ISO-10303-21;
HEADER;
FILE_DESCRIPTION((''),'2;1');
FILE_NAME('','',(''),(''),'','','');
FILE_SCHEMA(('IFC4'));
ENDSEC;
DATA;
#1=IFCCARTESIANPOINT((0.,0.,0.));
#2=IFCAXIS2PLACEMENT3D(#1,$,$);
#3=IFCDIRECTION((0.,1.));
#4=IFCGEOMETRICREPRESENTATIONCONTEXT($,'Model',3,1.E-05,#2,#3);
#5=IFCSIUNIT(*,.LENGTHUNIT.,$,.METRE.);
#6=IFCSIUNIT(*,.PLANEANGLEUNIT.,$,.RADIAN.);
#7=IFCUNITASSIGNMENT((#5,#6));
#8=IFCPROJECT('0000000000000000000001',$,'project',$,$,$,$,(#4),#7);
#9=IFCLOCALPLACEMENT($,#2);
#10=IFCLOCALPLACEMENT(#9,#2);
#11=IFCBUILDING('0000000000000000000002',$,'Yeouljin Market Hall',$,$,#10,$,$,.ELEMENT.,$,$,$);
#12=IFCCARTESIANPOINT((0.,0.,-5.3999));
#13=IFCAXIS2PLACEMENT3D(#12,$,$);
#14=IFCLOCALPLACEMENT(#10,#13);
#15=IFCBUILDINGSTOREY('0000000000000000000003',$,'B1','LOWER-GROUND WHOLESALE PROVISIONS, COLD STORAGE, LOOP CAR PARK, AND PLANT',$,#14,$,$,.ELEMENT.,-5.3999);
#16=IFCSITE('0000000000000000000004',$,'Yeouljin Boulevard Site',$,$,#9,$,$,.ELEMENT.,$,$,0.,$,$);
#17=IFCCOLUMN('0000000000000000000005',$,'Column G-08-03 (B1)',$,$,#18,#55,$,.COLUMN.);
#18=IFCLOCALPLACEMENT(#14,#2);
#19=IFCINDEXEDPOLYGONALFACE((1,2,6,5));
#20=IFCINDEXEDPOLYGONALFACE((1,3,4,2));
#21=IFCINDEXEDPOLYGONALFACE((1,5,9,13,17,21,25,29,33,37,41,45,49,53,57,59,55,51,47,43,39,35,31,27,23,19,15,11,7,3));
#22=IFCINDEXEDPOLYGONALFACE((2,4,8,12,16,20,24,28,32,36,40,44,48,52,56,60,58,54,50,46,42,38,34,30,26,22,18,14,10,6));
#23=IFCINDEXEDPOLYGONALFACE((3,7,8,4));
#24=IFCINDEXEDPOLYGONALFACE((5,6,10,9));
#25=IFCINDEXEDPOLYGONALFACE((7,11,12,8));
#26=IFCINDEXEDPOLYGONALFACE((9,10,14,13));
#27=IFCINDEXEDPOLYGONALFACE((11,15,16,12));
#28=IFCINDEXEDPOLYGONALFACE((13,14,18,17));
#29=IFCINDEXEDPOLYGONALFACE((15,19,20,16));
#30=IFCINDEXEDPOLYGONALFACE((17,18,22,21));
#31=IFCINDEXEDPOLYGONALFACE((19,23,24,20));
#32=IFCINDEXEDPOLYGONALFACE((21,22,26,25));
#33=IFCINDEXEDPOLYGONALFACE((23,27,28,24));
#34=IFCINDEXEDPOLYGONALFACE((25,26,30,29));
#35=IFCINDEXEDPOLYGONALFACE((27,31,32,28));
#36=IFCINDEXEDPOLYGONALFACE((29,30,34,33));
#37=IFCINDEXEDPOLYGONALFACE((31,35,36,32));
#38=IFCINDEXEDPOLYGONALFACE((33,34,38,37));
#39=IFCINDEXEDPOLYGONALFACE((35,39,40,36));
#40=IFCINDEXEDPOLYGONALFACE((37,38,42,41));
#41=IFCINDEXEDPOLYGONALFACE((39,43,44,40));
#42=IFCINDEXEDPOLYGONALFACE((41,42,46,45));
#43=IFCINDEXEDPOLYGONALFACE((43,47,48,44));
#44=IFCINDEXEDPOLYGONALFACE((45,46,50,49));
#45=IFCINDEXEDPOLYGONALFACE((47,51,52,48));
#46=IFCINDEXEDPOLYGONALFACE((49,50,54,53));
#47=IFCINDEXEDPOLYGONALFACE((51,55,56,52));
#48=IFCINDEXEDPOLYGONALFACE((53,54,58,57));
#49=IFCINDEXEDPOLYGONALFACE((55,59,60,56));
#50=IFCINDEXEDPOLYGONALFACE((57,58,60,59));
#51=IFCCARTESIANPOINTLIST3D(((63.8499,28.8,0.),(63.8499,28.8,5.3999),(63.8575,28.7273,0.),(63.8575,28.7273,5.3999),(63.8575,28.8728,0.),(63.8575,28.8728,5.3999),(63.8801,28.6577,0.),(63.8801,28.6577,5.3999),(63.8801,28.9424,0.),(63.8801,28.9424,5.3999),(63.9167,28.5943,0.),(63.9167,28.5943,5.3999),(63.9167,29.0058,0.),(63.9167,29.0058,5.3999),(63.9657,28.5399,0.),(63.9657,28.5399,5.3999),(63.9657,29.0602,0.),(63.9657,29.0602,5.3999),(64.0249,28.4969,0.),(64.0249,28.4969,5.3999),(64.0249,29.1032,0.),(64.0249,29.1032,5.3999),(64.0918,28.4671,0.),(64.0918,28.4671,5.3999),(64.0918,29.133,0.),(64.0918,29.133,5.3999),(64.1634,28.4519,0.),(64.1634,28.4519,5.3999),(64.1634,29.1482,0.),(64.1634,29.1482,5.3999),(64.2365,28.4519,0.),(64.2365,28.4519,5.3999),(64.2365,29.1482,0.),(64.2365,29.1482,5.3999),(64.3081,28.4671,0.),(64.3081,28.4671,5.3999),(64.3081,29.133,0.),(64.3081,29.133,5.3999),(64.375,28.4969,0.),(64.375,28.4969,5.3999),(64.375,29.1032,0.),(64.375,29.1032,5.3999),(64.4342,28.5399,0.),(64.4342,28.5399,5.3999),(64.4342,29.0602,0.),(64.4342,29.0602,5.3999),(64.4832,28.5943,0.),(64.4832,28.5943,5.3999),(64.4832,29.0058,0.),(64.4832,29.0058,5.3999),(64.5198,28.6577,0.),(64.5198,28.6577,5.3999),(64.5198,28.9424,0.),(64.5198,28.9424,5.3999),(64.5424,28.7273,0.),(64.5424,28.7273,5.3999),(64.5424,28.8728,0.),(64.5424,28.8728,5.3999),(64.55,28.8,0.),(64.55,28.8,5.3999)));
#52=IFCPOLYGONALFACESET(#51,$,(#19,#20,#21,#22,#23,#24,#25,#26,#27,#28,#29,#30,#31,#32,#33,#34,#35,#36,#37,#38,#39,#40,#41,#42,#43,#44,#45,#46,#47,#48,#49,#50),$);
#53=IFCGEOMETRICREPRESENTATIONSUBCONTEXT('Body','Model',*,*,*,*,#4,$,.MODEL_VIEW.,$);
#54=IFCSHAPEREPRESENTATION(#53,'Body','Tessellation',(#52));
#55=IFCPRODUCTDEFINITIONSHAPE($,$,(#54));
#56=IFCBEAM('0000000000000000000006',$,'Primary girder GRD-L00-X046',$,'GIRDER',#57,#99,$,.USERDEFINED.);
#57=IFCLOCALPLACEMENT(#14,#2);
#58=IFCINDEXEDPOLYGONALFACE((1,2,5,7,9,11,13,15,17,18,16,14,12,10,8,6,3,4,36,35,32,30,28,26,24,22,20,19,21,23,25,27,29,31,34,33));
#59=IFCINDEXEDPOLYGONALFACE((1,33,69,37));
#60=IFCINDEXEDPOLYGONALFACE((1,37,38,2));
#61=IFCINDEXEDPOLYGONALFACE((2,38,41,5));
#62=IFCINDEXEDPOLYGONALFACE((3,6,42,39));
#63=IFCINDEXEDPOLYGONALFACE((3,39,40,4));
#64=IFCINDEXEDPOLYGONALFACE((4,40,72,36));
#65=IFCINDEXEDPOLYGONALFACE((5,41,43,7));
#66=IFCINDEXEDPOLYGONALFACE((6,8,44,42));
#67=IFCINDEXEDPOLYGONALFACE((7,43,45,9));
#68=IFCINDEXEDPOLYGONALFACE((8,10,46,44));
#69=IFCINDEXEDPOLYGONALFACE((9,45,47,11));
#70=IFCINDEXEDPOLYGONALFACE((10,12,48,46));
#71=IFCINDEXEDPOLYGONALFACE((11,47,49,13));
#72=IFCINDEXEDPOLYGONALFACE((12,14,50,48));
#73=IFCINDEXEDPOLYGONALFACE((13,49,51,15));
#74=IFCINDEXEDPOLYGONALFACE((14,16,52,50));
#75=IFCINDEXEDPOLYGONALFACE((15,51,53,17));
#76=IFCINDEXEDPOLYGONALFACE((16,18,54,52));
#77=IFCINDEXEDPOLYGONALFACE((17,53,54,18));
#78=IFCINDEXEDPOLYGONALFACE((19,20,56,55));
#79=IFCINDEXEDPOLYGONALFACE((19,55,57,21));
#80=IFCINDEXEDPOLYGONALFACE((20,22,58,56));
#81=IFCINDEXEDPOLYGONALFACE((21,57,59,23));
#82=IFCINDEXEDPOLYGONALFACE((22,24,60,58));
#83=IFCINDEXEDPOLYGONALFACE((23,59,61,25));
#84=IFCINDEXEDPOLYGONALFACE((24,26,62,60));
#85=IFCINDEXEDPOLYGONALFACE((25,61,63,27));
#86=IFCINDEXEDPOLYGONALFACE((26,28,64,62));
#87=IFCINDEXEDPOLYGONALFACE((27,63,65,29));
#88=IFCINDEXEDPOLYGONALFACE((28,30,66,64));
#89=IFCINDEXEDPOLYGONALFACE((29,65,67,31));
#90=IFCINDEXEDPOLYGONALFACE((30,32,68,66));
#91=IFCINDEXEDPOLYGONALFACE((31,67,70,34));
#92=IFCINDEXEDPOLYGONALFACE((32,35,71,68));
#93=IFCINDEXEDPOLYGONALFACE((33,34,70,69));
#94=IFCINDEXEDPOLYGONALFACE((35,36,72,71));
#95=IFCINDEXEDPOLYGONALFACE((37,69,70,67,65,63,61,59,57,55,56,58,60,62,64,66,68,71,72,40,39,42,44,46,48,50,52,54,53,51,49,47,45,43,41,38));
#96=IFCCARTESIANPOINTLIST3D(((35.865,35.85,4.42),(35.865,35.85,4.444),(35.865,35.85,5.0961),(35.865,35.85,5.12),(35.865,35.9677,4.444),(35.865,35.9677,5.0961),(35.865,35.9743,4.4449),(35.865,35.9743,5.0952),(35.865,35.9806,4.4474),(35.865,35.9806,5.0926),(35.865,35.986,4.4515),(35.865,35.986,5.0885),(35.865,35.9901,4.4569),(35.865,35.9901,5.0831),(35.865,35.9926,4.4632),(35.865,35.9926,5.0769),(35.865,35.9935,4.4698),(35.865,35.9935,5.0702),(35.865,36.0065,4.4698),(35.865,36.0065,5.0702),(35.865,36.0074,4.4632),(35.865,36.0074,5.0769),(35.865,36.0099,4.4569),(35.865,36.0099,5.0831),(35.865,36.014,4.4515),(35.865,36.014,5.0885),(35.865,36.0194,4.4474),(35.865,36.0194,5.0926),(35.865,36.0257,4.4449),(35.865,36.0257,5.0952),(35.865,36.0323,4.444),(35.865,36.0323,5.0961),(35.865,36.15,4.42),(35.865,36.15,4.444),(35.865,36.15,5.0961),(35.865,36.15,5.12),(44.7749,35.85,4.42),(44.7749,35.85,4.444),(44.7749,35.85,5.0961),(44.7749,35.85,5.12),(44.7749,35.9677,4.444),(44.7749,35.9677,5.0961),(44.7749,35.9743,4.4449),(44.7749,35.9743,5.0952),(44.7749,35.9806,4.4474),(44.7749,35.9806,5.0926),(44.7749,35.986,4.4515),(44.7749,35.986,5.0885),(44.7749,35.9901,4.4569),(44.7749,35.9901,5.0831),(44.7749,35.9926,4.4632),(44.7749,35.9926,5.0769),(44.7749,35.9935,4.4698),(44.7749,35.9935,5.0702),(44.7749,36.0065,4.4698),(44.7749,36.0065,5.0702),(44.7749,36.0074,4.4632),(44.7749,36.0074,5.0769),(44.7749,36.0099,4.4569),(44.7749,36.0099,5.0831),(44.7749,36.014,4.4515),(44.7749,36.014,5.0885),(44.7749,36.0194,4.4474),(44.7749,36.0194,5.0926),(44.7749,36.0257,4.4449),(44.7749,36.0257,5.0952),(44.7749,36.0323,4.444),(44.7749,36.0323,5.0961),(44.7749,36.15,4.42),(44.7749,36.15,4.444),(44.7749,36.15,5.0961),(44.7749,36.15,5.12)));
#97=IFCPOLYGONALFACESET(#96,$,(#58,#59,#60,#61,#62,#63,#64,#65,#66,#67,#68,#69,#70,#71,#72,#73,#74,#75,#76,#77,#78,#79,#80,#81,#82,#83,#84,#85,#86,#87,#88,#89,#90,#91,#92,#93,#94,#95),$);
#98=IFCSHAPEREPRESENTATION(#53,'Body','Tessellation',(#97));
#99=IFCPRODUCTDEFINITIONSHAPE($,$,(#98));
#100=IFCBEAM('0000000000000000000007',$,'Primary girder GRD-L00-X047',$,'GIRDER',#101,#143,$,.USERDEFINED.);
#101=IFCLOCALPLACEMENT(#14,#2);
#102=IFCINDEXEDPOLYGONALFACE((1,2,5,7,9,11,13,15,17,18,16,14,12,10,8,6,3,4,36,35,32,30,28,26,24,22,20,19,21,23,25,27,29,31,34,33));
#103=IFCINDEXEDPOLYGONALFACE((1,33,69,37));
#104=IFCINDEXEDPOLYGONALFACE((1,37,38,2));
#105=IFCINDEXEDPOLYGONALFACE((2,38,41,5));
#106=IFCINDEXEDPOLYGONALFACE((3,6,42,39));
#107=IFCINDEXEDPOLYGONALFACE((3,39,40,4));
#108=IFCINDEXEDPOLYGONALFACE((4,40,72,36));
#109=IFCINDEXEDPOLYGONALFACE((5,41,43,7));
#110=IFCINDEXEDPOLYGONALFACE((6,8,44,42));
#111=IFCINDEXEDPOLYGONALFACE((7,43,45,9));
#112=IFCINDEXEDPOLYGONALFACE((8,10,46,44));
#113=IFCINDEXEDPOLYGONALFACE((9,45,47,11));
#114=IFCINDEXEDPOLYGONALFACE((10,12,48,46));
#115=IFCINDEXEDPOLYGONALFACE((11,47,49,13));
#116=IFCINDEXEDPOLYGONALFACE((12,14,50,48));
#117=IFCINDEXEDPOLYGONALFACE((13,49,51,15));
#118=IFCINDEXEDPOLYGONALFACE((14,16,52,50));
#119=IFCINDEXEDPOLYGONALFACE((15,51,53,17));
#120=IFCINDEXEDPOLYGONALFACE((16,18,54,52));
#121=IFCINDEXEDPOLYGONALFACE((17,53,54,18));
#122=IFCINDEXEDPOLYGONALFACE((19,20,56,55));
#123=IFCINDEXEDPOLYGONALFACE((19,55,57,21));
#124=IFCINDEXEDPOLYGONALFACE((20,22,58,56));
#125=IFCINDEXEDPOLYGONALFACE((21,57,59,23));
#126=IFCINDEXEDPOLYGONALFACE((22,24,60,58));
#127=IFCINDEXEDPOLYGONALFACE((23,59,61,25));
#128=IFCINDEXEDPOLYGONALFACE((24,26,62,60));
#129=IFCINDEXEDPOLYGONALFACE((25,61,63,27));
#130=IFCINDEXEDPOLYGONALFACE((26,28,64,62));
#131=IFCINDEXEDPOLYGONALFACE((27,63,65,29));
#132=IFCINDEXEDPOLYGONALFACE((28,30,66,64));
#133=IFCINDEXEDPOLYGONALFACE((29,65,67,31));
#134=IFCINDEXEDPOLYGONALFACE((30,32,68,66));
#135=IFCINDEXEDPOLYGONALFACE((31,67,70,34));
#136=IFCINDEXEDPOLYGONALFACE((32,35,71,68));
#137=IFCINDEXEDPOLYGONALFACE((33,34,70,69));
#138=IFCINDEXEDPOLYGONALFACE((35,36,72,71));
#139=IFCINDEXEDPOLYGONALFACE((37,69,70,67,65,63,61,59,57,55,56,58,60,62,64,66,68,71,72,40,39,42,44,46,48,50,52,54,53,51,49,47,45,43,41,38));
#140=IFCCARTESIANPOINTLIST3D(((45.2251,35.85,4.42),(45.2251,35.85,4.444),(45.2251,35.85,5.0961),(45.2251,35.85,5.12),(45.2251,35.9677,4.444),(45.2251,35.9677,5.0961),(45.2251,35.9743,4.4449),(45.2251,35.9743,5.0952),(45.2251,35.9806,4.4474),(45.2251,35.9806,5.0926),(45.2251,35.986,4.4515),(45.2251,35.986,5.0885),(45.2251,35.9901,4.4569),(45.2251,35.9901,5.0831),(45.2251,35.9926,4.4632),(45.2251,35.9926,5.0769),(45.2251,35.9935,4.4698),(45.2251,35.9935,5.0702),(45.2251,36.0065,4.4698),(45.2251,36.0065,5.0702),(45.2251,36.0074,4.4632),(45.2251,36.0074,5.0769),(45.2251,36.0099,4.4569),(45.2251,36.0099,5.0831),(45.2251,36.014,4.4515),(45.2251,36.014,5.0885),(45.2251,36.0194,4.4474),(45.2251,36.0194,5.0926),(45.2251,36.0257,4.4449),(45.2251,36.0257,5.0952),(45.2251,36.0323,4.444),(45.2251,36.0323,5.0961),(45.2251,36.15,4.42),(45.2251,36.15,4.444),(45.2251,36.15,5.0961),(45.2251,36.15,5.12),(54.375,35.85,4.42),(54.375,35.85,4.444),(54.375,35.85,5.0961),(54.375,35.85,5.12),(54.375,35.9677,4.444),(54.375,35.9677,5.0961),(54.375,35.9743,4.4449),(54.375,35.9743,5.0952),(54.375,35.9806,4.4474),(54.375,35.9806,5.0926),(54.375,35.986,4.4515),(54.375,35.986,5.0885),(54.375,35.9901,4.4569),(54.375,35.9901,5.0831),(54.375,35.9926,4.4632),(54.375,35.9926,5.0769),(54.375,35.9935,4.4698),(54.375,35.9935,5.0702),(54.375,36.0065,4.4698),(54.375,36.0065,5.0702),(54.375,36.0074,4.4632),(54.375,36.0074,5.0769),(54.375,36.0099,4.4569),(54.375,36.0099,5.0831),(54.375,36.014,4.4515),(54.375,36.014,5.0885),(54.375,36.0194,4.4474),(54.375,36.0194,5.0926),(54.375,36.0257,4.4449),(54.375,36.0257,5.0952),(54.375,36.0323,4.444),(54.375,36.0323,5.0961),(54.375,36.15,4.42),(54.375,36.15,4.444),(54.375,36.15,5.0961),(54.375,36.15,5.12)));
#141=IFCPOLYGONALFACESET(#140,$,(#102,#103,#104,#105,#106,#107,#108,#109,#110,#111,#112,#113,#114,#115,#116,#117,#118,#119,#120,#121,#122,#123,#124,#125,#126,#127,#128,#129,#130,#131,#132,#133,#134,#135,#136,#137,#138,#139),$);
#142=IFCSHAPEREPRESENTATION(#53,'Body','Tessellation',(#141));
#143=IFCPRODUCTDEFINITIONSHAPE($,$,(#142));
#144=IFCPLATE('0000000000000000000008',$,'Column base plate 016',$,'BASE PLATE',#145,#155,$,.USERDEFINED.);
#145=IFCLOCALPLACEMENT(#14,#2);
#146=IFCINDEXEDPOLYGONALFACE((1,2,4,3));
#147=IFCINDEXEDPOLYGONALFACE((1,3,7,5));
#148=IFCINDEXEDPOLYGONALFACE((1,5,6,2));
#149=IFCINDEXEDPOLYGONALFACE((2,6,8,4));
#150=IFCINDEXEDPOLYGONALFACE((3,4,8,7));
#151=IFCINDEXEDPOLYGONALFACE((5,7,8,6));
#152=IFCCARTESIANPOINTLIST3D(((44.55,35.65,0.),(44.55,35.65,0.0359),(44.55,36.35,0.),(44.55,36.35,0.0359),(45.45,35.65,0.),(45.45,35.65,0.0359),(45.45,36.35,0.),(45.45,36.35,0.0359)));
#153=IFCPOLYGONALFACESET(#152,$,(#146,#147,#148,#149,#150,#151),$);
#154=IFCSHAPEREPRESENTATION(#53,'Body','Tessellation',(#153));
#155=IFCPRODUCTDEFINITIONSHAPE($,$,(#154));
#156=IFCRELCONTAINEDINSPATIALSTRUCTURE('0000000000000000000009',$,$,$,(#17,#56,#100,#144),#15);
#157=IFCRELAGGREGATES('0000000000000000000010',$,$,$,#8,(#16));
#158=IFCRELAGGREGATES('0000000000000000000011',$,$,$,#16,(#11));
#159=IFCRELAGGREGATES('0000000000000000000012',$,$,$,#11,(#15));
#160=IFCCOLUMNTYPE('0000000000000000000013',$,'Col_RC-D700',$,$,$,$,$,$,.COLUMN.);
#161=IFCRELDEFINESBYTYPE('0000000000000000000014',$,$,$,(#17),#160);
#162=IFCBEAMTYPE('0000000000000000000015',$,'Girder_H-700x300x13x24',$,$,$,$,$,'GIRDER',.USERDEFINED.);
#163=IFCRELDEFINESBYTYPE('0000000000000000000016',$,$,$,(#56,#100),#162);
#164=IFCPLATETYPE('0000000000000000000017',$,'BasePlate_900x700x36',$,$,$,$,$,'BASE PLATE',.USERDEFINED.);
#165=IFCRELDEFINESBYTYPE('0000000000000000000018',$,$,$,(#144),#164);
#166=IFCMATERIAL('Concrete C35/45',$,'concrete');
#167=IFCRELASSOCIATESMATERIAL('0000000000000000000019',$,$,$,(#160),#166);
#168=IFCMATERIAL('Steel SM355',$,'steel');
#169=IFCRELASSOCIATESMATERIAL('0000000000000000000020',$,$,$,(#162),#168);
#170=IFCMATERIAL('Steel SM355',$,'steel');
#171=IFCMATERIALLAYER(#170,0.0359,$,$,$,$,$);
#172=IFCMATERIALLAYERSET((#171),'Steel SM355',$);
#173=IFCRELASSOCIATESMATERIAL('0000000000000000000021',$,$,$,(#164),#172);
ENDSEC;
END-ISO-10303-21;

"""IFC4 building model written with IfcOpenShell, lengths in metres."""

from ifc_helpers import new_model, si_unit, direction, frame, origin, origin_2d, place, context, subcontext, project, spatial, rectangle, circle, i_section, extrude, material, layer, layer_set, material_profile, profile_set, type_object, element, save


model = new_model("IFC4")

# Units and contexts
model_context = context("Model", 3, precision=1e-05, world=origin(), true_north=direction((0.0, 1.0)))
body_context = subcontext(model_context, "Body", "Model", "MODEL_VIEW")
ifc_project = project(units=[si_unit("LENGTHUNIT", "METRE"), si_unit("PLANEANGLEUNIT", "RADIAN")], contexts=[model_context])

# Site, building, storey
site_placement = place(None, origin())
site = spatial("IfcSite", under=ifc_project, at=site_placement, Name="Yeouljin Boulevard Site", CompositionType="ELEMENT", RefElevation=0.0)
building_placement = place(site_placement, origin())
building = spatial("IfcBuilding", under=site, at=building_placement, Name="Yeouljin Market Hall", CompositionType="ELEMENT")
storey_placement = place(building_placement, frame((0.0, 0.0, -5.3999)))
storey = spatial("IfcBuildingStorey", under=building, at=storey_placement, Name="B1", Description="LOWER-GROUND WHOLESALE PROVISIONS, COLD STORAGE, LOOP CAR PARK, AND PLANT", CompositionType="ELEMENT", Elevation=-5.3999)

# Column
ifc_material_1 = material(Name="Concrete C35/45", Category="concrete")
ifc_material_profile_1 = material_profile(ifc_material_1, circle(Radius=0.3501, at=origin_2d()), Name="RC-D700")
ifc_profile_set_1 = profile_set([ifc_material_profile_1], Name="Concrete C35/45")
column_type_1 = type_object("IfcColumnType", Name="Col_RC-D700", PredefinedType="COLUMN", material=ifc_profile_set_1)
for number, where, z_axis, x_axis, name in (
    (1, (64.2, 28.8, 0.0), (0.0, 0.0, 1.0), (1.0, 0.0, 0.0), "Column G-08-03 (B1)"),
):
    element("IfcColumn", number, at=place(storey_placement, frame(where, z_axis=z_axis, x_axis=x_axis)), inside=storey, type_object=column_type_1, Name=name, PredefinedType="COLUMN", context=body_context, shape_type="SweptSolid", body=[
        extrude(circle(Radius=0.3501, at=origin_2d()), origin(), (0.0, 0.0, 1.0), 5.3999),
    ])

# Beams
ifc_material_2 = material(Name="Steel SM355", Category="steel")
ifc_material_profile_2 = material_profile(ifc_material_2, i_section(OverallWidth=0.3, OverallDepth=0.7, WebThickness=0.0129, FlangeThickness=0.0239, FilletRadius=0.0259, at=origin_2d()), Name="H-700x300x13x24")
ifc_profile_set_2 = profile_set([ifc_material_profile_2], Name="Steel SM355")
beam_type = type_object("IfcBeamType", Name="Girder_H-700x300x13x24", ElementType="GIRDER", PredefinedType="USERDEFINED", material=ifc_profile_set_2)
beam_1_placement = place(storey_placement, frame((35.865, 36.0, 4.77), z_axis=(1.0, 0.0, 0.0), x_axis=(0.0, 1.0, 0.0)))
element("IfcBeam", 2, at=beam_1_placement, inside=storey, type_object=beam_type, Name="Primary girder GRD-L00-X046", ObjectType="GIRDER", PredefinedType="USERDEFINED", context=body_context, shape_type="SweptSolid", body=[
    extrude(i_section(OverallWidth=0.3, OverallDepth=0.7, WebThickness=0.0129, FlangeThickness=0.0239, FilletRadius=0.0259, at=origin_2d()), origin(), (0.0, 0.0, 1.0), 8.9099),
])
beam_2_placement = place(storey_placement, frame((45.2251, 36.0, 4.77), z_axis=(1.0, 0.0, 0.0), x_axis=(0.0, 1.0, 0.0)))
element("IfcBeam", 3, at=beam_2_placement, inside=storey, type_object=beam_type, Name="Primary girder GRD-L00-X047", ObjectType="GIRDER", PredefinedType="USERDEFINED", context=body_context, shape_type="SweptSolid", body=[
    extrude(i_section(OverallWidth=0.3, OverallDepth=0.7, WebThickness=0.0129, FlangeThickness=0.0239, FilletRadius=0.0259, at=origin_2d()), origin(), (0.0, 0.0, 1.0), 9.1499),
])

# Plate
ifc_material_3 = material(Name="Steel SM355", Category="steel")
ifc_layer = layer(ifc_material_3, 0.0359)
ifc_layer_set = layer_set([ifc_layer], Name="Steel SM355")
plate_type = type_object("IfcPlateType", Name="BasePlate_900x700x36", ElementType="BASE PLATE", PredefinedType="USERDEFINED", material=ifc_layer_set)
plate_placement = place(storey_placement, frame((45.0, 36.0, 0.0), z_axis=(0.0, 0.0, 1.0), x_axis=(1.0, 0.0, 0.0)))
element("IfcPlate", 4, at=plate_placement, inside=storey, type_object=plate_type, Name="Column base plate 016", ObjectType="BASE PLATE", PredefinedType="USERDEFINED", context=body_context, shape_type="SweptSolid", body=[
    extrude(rectangle(XDim=0.8999, YDim=0.7, at=origin_2d()), origin(), (0.0, 0.0, 1.0), 0.0359),
])

save(model, "model.ifc")
